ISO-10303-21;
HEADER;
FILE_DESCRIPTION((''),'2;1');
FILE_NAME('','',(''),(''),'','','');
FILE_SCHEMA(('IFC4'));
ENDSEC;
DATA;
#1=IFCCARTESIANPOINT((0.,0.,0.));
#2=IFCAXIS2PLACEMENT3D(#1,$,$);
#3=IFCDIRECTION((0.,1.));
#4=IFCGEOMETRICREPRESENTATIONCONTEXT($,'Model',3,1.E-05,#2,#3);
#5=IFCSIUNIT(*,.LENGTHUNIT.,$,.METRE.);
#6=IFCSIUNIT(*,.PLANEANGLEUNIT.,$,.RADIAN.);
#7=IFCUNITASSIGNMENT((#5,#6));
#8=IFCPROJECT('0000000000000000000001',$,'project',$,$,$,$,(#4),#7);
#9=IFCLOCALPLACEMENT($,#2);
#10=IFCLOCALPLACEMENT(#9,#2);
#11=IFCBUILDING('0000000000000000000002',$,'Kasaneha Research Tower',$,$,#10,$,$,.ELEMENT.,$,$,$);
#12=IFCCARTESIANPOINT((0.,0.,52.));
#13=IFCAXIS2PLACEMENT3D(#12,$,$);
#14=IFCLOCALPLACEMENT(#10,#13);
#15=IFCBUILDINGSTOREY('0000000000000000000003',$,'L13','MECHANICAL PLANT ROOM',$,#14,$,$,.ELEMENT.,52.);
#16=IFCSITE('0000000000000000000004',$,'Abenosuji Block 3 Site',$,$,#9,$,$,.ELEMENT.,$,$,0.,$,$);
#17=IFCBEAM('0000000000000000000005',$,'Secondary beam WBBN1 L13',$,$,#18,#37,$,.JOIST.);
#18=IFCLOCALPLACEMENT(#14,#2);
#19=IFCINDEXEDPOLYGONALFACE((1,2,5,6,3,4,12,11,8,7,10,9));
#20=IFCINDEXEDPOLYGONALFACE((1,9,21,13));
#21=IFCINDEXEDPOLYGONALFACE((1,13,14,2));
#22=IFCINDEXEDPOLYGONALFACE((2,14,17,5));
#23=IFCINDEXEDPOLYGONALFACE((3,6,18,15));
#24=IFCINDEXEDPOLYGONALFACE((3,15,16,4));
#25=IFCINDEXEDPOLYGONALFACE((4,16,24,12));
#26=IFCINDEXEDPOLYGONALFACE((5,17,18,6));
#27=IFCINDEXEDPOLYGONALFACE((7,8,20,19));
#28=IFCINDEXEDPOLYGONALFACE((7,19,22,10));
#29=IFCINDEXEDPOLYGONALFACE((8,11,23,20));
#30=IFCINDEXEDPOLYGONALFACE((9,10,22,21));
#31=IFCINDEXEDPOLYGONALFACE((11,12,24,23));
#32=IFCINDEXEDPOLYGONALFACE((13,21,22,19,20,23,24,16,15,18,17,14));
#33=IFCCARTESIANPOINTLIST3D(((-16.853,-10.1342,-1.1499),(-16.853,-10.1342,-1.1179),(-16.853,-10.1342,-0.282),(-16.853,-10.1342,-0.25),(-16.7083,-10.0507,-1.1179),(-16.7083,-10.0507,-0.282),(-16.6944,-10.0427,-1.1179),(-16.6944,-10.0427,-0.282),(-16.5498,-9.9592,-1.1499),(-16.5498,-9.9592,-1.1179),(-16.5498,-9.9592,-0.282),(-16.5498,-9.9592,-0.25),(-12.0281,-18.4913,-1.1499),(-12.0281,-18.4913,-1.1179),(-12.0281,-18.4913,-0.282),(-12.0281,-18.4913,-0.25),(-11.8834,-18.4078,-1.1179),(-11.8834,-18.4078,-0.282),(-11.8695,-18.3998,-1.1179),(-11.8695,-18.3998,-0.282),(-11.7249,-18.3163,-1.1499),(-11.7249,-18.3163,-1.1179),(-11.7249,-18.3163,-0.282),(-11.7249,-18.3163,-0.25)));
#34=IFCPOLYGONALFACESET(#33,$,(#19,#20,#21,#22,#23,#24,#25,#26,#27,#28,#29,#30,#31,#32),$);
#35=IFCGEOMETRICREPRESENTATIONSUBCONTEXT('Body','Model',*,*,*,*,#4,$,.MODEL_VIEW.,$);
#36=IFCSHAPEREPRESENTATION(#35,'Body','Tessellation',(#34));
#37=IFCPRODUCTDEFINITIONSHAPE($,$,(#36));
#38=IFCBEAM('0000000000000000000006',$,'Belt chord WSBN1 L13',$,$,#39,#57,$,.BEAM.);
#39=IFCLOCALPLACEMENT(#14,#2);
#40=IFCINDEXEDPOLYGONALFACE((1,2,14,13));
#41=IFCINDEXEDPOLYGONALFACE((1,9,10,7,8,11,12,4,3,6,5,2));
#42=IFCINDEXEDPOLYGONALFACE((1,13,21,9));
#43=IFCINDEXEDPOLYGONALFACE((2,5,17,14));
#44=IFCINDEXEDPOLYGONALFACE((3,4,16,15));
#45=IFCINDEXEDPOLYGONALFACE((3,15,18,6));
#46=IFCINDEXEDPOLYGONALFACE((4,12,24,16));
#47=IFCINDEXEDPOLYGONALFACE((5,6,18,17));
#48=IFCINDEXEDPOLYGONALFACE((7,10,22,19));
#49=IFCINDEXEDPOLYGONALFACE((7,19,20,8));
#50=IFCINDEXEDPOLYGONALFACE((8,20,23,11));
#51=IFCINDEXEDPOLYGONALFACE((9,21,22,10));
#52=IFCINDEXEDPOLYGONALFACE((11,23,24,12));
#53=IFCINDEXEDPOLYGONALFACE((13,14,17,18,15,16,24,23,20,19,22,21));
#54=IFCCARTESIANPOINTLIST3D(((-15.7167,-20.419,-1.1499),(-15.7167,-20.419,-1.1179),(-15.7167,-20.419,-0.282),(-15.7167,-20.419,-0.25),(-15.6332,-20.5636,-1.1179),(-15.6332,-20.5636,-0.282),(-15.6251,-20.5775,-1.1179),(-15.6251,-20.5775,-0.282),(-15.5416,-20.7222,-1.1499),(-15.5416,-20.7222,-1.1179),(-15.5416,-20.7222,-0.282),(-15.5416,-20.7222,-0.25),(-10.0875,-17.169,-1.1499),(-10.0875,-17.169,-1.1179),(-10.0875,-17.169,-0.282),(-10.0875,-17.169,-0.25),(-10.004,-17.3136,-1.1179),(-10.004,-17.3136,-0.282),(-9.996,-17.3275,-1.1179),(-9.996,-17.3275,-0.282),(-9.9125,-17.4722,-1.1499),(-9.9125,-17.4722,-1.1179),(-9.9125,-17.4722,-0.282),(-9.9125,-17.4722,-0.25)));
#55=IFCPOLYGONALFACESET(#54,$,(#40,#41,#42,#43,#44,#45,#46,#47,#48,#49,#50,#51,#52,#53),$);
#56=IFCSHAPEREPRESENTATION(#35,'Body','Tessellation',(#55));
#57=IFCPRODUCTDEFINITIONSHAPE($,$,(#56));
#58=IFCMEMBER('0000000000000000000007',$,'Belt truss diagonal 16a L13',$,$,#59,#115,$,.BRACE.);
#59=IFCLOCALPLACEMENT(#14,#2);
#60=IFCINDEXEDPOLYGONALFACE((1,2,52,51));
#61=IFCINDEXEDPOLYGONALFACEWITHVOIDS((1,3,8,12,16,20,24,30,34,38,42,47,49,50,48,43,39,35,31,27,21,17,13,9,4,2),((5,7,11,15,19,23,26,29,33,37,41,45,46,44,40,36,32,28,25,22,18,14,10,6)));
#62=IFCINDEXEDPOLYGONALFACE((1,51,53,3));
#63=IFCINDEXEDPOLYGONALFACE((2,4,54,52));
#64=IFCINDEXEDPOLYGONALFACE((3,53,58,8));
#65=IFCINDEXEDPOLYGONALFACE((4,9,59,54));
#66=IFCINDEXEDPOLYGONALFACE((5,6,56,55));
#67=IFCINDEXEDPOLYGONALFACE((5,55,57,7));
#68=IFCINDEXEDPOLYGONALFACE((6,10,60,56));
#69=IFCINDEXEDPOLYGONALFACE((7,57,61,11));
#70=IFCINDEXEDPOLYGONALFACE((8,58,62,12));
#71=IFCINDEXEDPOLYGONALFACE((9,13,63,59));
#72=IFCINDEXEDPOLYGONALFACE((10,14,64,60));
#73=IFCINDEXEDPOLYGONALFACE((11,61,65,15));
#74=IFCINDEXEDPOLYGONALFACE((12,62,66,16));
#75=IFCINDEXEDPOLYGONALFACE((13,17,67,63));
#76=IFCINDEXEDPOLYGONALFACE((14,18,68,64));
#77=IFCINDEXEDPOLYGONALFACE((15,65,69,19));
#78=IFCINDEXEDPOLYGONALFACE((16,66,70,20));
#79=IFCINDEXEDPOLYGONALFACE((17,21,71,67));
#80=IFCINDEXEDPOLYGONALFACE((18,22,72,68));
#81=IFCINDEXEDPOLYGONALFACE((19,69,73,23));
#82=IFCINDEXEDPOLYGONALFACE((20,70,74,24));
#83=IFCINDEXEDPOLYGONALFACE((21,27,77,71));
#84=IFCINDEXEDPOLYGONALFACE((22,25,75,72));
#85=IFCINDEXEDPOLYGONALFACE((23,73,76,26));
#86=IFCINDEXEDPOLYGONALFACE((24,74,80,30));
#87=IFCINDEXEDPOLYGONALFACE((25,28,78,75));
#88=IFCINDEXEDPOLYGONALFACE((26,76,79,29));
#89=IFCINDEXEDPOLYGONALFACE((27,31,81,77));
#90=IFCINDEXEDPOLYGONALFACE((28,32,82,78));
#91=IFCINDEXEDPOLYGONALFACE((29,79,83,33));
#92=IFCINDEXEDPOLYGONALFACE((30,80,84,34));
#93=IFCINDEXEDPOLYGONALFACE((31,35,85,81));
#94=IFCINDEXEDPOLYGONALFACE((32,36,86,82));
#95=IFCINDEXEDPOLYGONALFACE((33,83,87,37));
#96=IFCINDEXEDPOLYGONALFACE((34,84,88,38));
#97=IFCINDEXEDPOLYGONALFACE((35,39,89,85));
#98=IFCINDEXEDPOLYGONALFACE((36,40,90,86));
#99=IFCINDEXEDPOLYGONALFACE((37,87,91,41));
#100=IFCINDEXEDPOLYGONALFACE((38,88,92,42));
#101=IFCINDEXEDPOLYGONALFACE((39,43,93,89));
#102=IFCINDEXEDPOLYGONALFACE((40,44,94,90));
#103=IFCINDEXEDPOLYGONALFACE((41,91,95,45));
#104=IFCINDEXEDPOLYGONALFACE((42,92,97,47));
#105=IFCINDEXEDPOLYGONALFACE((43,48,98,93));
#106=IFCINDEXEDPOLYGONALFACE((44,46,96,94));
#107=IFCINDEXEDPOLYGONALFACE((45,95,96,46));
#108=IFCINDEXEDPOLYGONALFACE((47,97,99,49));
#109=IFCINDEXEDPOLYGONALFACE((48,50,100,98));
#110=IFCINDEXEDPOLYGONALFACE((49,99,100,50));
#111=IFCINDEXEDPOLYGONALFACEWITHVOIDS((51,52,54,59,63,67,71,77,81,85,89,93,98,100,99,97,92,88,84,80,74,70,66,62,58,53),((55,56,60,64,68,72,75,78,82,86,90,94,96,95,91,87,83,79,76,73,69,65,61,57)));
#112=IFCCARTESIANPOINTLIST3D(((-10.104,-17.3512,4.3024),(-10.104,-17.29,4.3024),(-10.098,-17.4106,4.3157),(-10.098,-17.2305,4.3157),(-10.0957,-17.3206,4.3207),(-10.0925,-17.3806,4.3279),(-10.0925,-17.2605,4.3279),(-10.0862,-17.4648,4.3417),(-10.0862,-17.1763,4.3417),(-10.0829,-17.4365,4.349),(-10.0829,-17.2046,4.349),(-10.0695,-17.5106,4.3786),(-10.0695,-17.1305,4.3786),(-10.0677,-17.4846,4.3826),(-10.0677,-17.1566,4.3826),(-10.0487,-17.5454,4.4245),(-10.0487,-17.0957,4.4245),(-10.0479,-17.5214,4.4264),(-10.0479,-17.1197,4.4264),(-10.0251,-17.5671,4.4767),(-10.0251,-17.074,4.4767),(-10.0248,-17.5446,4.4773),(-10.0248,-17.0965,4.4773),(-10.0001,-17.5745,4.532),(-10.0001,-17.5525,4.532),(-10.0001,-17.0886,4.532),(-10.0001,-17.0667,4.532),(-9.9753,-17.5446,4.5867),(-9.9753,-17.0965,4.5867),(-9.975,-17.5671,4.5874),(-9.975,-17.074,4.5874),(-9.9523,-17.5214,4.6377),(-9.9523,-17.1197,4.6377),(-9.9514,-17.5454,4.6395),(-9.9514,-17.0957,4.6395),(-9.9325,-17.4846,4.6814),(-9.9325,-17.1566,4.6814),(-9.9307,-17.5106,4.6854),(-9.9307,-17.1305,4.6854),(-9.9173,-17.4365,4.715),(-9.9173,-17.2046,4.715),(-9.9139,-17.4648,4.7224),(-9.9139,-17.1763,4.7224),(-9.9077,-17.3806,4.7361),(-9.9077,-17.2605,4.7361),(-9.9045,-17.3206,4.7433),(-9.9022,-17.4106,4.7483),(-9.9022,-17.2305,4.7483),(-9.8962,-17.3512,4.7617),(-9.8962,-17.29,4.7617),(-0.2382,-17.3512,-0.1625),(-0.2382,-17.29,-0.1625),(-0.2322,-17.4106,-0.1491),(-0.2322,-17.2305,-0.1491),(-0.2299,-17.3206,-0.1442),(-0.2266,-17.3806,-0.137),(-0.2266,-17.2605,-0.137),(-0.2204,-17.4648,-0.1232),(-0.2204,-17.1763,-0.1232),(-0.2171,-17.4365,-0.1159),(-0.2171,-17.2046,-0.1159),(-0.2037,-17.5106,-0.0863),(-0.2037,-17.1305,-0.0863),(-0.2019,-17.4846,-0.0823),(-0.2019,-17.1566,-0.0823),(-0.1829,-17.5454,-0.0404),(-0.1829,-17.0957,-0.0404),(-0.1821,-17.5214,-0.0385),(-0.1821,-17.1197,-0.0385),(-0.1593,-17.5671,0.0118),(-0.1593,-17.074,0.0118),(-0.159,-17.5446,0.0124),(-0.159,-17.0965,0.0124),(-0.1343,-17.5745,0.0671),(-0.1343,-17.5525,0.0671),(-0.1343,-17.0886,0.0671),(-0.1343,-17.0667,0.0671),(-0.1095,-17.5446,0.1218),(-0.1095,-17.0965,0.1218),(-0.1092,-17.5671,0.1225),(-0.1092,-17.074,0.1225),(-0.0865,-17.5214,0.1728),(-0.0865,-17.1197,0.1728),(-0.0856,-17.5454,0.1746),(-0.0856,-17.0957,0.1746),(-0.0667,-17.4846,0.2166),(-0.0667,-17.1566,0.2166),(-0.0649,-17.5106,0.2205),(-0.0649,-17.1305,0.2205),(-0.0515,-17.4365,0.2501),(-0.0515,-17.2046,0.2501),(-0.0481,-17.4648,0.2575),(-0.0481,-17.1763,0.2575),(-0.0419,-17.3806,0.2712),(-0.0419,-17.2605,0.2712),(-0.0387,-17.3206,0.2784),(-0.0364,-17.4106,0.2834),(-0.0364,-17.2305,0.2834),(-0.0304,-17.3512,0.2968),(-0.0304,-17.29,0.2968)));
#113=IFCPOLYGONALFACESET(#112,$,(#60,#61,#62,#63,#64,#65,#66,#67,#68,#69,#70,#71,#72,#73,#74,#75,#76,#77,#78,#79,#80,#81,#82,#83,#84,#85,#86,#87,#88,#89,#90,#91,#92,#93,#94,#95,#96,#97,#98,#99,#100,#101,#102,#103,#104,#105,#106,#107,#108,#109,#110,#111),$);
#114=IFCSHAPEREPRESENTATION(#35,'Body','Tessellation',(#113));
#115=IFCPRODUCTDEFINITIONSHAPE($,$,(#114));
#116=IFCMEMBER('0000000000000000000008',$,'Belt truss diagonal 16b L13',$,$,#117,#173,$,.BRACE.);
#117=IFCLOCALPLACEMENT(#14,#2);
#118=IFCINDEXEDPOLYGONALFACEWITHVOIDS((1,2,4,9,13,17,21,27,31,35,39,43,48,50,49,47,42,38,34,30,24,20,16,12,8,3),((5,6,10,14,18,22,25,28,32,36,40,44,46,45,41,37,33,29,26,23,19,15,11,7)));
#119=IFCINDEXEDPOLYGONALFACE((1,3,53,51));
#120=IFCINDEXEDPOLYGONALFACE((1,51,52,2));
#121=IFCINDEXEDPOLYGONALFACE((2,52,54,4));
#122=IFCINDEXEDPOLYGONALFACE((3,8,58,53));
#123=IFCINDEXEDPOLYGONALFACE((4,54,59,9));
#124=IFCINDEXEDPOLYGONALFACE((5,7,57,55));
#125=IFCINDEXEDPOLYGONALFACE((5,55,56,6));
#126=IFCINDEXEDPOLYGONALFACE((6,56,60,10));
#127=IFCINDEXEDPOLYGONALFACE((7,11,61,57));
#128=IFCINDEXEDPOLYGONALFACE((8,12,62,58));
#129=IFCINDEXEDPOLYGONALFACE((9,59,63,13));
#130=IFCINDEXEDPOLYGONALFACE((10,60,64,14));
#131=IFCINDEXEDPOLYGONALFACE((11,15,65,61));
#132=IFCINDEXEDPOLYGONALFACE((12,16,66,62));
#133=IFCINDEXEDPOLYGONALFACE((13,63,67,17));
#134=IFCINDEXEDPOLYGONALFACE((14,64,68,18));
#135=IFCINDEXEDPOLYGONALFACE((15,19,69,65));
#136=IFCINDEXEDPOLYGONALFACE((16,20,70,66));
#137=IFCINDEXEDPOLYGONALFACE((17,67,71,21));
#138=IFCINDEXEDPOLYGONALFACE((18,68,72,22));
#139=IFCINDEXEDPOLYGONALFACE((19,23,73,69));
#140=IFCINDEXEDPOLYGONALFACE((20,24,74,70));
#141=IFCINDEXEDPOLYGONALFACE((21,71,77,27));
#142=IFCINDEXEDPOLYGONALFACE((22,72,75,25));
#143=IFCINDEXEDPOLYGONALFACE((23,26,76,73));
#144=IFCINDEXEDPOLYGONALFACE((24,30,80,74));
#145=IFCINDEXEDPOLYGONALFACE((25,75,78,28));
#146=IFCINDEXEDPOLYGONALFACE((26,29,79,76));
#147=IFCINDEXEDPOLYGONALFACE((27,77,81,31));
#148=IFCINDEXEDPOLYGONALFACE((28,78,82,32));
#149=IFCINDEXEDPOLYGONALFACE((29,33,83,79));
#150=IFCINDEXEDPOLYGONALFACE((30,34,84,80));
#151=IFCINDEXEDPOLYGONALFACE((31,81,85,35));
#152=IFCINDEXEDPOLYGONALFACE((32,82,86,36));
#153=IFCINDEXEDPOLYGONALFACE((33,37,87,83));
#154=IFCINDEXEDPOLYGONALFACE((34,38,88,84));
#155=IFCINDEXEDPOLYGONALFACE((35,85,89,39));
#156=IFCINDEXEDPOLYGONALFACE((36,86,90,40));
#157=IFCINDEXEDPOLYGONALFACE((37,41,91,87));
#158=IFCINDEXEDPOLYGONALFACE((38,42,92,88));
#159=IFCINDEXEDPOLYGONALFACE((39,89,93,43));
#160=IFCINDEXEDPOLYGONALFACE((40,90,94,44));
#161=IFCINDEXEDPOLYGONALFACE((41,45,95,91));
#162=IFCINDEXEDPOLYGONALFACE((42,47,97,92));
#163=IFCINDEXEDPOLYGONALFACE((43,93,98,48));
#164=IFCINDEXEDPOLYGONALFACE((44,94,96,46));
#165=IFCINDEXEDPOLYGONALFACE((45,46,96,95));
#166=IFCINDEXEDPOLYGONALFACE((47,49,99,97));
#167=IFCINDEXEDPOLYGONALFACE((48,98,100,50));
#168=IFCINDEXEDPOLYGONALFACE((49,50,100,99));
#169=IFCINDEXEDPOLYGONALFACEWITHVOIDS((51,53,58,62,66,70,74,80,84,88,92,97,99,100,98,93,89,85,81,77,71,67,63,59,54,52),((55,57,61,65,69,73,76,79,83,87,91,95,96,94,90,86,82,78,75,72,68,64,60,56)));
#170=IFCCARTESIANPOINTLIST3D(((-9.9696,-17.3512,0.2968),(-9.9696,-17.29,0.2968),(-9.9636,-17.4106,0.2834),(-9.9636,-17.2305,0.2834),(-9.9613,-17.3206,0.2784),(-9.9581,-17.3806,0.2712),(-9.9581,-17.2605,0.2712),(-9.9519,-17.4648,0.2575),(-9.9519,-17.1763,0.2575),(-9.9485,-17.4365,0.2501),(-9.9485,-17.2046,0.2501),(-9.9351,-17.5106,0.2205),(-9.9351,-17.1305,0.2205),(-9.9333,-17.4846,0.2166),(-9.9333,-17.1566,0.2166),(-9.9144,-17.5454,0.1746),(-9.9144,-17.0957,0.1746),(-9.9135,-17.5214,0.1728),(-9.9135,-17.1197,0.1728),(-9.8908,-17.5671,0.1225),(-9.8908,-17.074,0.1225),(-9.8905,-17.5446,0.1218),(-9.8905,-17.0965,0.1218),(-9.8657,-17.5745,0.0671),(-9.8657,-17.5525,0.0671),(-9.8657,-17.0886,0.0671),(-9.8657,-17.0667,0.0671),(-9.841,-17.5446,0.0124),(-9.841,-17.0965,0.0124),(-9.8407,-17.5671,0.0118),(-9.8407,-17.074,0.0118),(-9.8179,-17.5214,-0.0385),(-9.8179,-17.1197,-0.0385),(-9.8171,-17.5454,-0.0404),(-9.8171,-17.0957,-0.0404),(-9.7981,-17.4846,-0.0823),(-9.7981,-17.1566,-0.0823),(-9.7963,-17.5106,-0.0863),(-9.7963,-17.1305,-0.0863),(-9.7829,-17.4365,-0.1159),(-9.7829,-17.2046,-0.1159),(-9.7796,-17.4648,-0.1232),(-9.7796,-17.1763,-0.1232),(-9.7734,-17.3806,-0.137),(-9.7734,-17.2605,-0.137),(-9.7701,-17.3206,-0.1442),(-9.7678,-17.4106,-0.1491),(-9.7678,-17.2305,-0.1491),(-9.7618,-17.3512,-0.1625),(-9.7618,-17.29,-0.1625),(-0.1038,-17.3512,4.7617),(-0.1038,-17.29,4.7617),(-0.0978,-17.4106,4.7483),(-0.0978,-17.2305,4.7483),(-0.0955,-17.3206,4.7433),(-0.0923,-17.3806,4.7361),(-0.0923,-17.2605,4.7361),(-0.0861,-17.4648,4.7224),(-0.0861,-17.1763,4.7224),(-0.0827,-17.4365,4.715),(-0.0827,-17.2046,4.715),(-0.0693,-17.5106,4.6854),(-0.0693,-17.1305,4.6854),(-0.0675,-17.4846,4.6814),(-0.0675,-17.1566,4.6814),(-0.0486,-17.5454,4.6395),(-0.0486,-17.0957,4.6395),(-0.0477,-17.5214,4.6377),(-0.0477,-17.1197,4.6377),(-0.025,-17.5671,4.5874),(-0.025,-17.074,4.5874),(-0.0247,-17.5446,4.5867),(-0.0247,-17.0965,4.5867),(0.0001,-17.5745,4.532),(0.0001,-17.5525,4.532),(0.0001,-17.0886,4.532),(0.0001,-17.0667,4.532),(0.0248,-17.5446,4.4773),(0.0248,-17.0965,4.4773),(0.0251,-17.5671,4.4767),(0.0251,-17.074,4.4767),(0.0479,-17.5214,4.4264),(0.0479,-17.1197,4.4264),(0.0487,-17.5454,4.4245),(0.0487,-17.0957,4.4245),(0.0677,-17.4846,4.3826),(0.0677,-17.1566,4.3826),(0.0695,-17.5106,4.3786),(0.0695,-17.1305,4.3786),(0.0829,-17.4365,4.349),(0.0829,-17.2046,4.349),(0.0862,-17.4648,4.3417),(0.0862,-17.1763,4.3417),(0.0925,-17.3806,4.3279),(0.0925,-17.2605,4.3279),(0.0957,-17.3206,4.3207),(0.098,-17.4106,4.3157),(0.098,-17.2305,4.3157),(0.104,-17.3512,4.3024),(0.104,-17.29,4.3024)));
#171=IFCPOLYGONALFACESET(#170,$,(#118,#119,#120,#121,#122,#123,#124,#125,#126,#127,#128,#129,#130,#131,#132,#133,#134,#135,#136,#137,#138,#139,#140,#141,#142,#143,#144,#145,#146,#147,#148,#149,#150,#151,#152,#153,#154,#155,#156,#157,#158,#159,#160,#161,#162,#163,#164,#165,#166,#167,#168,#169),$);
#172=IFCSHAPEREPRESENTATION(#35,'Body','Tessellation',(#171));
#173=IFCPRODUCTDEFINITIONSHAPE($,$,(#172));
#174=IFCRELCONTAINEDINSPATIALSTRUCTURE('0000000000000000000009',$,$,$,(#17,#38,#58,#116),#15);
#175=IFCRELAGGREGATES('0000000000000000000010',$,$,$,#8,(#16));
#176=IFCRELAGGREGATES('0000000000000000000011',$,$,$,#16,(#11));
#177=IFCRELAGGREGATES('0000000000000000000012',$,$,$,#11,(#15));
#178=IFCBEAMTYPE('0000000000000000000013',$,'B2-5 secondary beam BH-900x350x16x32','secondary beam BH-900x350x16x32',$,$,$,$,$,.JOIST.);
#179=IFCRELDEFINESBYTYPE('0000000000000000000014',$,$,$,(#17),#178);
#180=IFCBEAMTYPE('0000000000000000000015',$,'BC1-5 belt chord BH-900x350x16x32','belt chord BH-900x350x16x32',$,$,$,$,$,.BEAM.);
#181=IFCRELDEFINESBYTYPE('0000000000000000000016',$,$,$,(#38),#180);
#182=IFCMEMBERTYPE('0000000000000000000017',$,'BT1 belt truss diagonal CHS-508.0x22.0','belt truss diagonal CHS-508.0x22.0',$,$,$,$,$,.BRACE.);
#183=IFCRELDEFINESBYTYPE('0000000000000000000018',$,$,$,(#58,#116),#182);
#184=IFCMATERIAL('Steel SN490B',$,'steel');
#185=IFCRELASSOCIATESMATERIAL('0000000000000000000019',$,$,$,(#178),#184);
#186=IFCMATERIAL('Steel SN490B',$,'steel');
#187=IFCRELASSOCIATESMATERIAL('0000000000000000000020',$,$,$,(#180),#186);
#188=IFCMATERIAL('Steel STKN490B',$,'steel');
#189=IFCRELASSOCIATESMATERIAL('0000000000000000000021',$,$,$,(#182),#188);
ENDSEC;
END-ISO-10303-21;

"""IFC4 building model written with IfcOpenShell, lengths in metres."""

from ifc_helpers import new_model, si_unit, direction, frame, origin, origin_2d, place, context, subcontext, project, spatial, hollow_circle, i_section, extrude, material, material_profile, profile_set, type_object, element, save


model = new_model("IFC4")

# Units and contexts
model_context = context("Model", 3, precision=1e-05, world=origin(), true_north=direction((0.0, 1.0)))
body_context = subcontext(model_context, "Body", "Model", "MODEL_VIEW")
ifc_project = project(units=[si_unit("LENGTHUNIT", "METRE"), si_unit("PLANEANGLEUNIT", "RADIAN")], contexts=[model_context])

# Site, building, storey
site_placement = place(None, origin())
site = spatial("IfcSite", under=ifc_project, at=site_placement, Name="Abenosuji Block 3 Site", CompositionType="ELEMENT", RefElevation=0.0)
building_placement = place(site_placement, origin())
building = spatial("IfcBuilding", under=site, at=building_placement, Name="Kasaneha Research Tower", CompositionType="ELEMENT")
storey_placement = place(building_placement, frame((0.0, 0.0, 52.0)))
storey = spatial("IfcBuildingStorey", under=building, at=storey_placement, Name="L13", Description="MECHANICAL PLANT ROOM", CompositionType="ELEMENT", Elevation=52.0)

# Beams
ifc_material_1 = material(Name="Steel SN490B", Category="steel")
ifc_material_profile_1 = material_profile(ifc_material_1, i_section(OverallWidth=0.3501, OverallDepth=0.8999, WebThickness=0.0161, FlangeThickness=0.032, at=origin_2d()), Name="BH-900x350x16x32")
ifc_profile_set_1 = profile_set([ifc_material_profile_1], Name="Steel SN490B")
beam_type_1 = type_object("IfcBeamType", Name="B2-5 secondary beam BH-900x350x16x32", Description="secondary beam BH-900x350x16x32", PredefinedType="JOIST", material=ifc_profile_set_1)
beam_1_placement = place(storey_placement, frame((-11.8765, -18.4038, -0.7), z_axis=(-0.499995, 0.866028, 0.0), x_axis=(-0.866028, -0.499995, 0.0)))
element("IfcBeam", 1, at=beam_1_placement, inside=storey, type_object=beam_type_1, Name="Secondary beam WBBN1 L13", PredefinedType="JOIST", context=body_context, shape_type="SweptSolid", body=[
    extrude(i_section(OverallWidth=0.3501, OverallDepth=0.8999, WebThickness=0.0161, FlangeThickness=0.032, at=origin_2d()), origin(), (0.0, 0.0, 1.0), 9.6499),
])
ifc_material_2 = material(Name="Steel SN490B", Category="steel")
ifc_material_profile_2 = material_profile(ifc_material_2, i_section(OverallWidth=0.3501, OverallDepth=0.8999, WebThickness=0.0161, FlangeThickness=0.032, at=origin_2d()), Name="BH-900x350x16x32")
ifc_profile_set_2 = profile_set([ifc_material_profile_2], Name="Steel SN490B")
beam_type_2 = type_object("IfcBeamType", Name="BC1-5 belt chord BH-900x350x16x32", Description="belt chord BH-900x350x16x32", PredefinedType="BEAM", material=ifc_profile_set_2)
beam_2_placement = place(storey_placement, frame((-10.0, -17.3206, -0.7), z_axis=(-0.866025, -0.500001, 0.0), x_axis=(0.500001, -0.866025, 0.0)))
element("IfcBeam", 2, at=beam_2_placement, inside=storey, type_object=beam_type_2, Name="Belt chord WSBN1 L13", PredefinedType="BEAM", context=body_context, shape_type="SweptSolid", body=[
    extrude(i_section(OverallWidth=0.3501, OverallDepth=0.8999, WebThickness=0.0161, FlangeThickness=0.032, at=origin_2d()), origin(), (0.0, 0.0, 1.0), 6.5),
])

# Members
ifc_material_3 = material(Name="Steel STKN490B", Category="steel")
ifc_material_profile_3 = material_profile(ifc_material_3, hollow_circle(Radius=0.2539, WallThickness=0.022, at=origin_2d()), Name="CHS-508.0x22.0")
ifc_profile_set_3 = profile_set([ifc_material_profile_3], Name="Steel STKN490B")
member_type = type_object("IfcMemberType", Name="BT1 belt truss diagonal CHS-508.0x22.0", Description="belt truss diagonal CHS-508.0x22.0", PredefinedType="BRACE", material=ifc_profile_set_3)
for number, where, z_axis, x_axis, name in (
    (3, (-0.1343, -17.3206, 0.0671), (-0.911046, 0.0, 0.412304), (0.0, -1.0, 0.0), "Belt truss diagonal 16a L13"),
    (4, (-9.8657, -17.3206, 0.0671), (0.911046, 0.0, 0.412304), (0.0, 1.0, 0.0), "Belt truss diagonal 16b L13"),
):
    element("IfcMember", number, at=place(storey_placement, frame(where, z_axis=z_axis, x_axis=x_axis)), inside=storey, type_object=member_type, Name=name, PredefinedType="BRACE", context=body_context, shape_type="SweptSolid", body=[
        extrude(hollow_circle(Radius=0.2539, WallThickness=0.022, at=origin_2d()), origin(), (0.0, 0.0, 1.0), 10.8291),
    ])

save(model, "model.ifc")
